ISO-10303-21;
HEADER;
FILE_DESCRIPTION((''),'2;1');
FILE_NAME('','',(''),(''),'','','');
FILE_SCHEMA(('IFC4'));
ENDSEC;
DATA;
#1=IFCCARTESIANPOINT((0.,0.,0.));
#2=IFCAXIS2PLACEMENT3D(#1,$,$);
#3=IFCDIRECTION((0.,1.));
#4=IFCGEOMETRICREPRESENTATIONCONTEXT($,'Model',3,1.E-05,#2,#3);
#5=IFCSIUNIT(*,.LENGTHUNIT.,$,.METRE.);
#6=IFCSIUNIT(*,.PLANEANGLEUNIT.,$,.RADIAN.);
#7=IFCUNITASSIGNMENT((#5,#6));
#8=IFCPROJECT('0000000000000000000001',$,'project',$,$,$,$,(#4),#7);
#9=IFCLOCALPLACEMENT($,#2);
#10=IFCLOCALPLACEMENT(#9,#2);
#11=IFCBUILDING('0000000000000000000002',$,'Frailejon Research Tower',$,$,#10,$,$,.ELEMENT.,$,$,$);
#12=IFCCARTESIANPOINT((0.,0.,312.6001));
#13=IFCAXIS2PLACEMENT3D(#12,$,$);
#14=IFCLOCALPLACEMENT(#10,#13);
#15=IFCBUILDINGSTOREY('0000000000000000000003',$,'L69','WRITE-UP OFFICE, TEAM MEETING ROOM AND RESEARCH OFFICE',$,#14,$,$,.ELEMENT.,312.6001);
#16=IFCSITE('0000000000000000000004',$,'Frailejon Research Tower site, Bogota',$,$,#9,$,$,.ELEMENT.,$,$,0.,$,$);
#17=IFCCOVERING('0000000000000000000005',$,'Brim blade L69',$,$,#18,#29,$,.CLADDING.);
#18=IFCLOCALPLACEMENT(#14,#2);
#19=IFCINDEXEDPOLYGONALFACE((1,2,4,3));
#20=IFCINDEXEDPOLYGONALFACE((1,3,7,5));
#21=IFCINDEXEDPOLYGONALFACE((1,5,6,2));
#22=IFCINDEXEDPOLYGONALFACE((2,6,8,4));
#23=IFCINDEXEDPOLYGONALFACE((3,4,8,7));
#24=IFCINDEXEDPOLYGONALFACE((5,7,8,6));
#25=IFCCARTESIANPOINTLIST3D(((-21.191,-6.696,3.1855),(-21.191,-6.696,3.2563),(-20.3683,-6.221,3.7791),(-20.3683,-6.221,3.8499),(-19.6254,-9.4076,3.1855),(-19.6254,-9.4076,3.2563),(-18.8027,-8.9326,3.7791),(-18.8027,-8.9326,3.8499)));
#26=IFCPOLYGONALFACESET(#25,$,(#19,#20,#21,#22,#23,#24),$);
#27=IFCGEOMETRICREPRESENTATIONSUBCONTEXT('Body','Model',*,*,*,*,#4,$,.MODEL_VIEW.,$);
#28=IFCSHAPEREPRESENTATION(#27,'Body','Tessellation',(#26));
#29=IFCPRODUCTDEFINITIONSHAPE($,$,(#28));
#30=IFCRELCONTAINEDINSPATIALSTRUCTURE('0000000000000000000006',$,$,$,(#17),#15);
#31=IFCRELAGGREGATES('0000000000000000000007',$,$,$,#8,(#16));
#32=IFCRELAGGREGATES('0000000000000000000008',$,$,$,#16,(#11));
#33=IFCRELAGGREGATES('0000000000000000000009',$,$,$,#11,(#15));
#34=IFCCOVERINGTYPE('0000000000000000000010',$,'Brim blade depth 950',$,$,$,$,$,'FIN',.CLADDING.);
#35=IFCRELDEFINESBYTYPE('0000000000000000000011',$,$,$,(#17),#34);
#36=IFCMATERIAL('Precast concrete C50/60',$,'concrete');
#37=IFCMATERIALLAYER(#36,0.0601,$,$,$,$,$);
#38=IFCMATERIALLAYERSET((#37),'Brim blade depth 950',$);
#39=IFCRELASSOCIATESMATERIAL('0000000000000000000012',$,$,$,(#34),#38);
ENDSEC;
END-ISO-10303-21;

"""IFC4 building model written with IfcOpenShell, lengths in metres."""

from ifc_helpers import new_model, si_unit, direction, frame, origin, place, context, subcontext, project, spatial, polyline, outline, extrude, material, layer, layer_set, type_object, element, save


model = new_model("IFC4")

# Units and contexts
model_context = context("Model", 3, precision=1e-05, world=origin(), true_north=direction((0.0, 1.0)))
body_context = subcontext(model_context, "Body", "Model", "MODEL_VIEW")
ifc_project = project(units=[si_unit("LENGTHUNIT", "METRE"), si_unit("PLANEANGLEUNIT", "RADIAN")], contexts=[model_context])

# Site, building, storey
site_placement = place(None, origin())
site = spatial("IfcSite", under=ifc_project, at=site_placement, Name="Frailejon Research Tower site, Bogota", CompositionType="ELEMENT", RefElevation=0.0)
building_placement = place(site_placement, origin())
building = spatial("IfcBuilding", under=site, at=building_placement, Name="Frailejon Research Tower", CompositionType="ELEMENT")
storey_placement = place(building_placement, frame((0.0, 0.0, 312.6001)))
storey = spatial("IfcBuildingStorey", under=building, at=storey_placement, Name="L69", Description="WRITE-UP OFFICE, TEAM MEETING ROOM AND RESEARCH OFFICE", CompositionType="ELEMENT", Elevation=312.6001)

# Covering
ifc_material_1 = material(Name="Precast concrete C50/60", Category="concrete")
ifc_layer_1 = layer(ifc_material_1, 0.0601)
ifc_layer_set_1 = layer_set([ifc_layer_1], Name="Brim blade depth 950")
covering_type_1 = type_object("IfcCoveringType", Name="Brim blade depth 950", ElementType="FIN", PredefinedType="CLADDING", material=ifc_layer_set_1)
covering_1_placement = place(storey_placement, frame((-18.8027, -8.9326, 3.8499), z_axis=(-0.500004, 0.866023, 0.0), x_axis=(-0.866023, -0.500004, 0.0)))
element("IfcCovering", 1, at=covering_1_placement, inside=storey, type_object=covering_type_1, Name="Brim blade L69", PredefinedType="CLADDING", context=body_context, shape_type="SweptSolid", body=[
    extrude(outline(polyline([(0.0, -0.0708), (0.95, -0.6643), (0.95, -0.5935), (0.0, 0.0), (0.0, -0.0708)])), origin(), (0.0, 0.0, 1.0), 3.1311),
])

save(model, "model.ifc")
